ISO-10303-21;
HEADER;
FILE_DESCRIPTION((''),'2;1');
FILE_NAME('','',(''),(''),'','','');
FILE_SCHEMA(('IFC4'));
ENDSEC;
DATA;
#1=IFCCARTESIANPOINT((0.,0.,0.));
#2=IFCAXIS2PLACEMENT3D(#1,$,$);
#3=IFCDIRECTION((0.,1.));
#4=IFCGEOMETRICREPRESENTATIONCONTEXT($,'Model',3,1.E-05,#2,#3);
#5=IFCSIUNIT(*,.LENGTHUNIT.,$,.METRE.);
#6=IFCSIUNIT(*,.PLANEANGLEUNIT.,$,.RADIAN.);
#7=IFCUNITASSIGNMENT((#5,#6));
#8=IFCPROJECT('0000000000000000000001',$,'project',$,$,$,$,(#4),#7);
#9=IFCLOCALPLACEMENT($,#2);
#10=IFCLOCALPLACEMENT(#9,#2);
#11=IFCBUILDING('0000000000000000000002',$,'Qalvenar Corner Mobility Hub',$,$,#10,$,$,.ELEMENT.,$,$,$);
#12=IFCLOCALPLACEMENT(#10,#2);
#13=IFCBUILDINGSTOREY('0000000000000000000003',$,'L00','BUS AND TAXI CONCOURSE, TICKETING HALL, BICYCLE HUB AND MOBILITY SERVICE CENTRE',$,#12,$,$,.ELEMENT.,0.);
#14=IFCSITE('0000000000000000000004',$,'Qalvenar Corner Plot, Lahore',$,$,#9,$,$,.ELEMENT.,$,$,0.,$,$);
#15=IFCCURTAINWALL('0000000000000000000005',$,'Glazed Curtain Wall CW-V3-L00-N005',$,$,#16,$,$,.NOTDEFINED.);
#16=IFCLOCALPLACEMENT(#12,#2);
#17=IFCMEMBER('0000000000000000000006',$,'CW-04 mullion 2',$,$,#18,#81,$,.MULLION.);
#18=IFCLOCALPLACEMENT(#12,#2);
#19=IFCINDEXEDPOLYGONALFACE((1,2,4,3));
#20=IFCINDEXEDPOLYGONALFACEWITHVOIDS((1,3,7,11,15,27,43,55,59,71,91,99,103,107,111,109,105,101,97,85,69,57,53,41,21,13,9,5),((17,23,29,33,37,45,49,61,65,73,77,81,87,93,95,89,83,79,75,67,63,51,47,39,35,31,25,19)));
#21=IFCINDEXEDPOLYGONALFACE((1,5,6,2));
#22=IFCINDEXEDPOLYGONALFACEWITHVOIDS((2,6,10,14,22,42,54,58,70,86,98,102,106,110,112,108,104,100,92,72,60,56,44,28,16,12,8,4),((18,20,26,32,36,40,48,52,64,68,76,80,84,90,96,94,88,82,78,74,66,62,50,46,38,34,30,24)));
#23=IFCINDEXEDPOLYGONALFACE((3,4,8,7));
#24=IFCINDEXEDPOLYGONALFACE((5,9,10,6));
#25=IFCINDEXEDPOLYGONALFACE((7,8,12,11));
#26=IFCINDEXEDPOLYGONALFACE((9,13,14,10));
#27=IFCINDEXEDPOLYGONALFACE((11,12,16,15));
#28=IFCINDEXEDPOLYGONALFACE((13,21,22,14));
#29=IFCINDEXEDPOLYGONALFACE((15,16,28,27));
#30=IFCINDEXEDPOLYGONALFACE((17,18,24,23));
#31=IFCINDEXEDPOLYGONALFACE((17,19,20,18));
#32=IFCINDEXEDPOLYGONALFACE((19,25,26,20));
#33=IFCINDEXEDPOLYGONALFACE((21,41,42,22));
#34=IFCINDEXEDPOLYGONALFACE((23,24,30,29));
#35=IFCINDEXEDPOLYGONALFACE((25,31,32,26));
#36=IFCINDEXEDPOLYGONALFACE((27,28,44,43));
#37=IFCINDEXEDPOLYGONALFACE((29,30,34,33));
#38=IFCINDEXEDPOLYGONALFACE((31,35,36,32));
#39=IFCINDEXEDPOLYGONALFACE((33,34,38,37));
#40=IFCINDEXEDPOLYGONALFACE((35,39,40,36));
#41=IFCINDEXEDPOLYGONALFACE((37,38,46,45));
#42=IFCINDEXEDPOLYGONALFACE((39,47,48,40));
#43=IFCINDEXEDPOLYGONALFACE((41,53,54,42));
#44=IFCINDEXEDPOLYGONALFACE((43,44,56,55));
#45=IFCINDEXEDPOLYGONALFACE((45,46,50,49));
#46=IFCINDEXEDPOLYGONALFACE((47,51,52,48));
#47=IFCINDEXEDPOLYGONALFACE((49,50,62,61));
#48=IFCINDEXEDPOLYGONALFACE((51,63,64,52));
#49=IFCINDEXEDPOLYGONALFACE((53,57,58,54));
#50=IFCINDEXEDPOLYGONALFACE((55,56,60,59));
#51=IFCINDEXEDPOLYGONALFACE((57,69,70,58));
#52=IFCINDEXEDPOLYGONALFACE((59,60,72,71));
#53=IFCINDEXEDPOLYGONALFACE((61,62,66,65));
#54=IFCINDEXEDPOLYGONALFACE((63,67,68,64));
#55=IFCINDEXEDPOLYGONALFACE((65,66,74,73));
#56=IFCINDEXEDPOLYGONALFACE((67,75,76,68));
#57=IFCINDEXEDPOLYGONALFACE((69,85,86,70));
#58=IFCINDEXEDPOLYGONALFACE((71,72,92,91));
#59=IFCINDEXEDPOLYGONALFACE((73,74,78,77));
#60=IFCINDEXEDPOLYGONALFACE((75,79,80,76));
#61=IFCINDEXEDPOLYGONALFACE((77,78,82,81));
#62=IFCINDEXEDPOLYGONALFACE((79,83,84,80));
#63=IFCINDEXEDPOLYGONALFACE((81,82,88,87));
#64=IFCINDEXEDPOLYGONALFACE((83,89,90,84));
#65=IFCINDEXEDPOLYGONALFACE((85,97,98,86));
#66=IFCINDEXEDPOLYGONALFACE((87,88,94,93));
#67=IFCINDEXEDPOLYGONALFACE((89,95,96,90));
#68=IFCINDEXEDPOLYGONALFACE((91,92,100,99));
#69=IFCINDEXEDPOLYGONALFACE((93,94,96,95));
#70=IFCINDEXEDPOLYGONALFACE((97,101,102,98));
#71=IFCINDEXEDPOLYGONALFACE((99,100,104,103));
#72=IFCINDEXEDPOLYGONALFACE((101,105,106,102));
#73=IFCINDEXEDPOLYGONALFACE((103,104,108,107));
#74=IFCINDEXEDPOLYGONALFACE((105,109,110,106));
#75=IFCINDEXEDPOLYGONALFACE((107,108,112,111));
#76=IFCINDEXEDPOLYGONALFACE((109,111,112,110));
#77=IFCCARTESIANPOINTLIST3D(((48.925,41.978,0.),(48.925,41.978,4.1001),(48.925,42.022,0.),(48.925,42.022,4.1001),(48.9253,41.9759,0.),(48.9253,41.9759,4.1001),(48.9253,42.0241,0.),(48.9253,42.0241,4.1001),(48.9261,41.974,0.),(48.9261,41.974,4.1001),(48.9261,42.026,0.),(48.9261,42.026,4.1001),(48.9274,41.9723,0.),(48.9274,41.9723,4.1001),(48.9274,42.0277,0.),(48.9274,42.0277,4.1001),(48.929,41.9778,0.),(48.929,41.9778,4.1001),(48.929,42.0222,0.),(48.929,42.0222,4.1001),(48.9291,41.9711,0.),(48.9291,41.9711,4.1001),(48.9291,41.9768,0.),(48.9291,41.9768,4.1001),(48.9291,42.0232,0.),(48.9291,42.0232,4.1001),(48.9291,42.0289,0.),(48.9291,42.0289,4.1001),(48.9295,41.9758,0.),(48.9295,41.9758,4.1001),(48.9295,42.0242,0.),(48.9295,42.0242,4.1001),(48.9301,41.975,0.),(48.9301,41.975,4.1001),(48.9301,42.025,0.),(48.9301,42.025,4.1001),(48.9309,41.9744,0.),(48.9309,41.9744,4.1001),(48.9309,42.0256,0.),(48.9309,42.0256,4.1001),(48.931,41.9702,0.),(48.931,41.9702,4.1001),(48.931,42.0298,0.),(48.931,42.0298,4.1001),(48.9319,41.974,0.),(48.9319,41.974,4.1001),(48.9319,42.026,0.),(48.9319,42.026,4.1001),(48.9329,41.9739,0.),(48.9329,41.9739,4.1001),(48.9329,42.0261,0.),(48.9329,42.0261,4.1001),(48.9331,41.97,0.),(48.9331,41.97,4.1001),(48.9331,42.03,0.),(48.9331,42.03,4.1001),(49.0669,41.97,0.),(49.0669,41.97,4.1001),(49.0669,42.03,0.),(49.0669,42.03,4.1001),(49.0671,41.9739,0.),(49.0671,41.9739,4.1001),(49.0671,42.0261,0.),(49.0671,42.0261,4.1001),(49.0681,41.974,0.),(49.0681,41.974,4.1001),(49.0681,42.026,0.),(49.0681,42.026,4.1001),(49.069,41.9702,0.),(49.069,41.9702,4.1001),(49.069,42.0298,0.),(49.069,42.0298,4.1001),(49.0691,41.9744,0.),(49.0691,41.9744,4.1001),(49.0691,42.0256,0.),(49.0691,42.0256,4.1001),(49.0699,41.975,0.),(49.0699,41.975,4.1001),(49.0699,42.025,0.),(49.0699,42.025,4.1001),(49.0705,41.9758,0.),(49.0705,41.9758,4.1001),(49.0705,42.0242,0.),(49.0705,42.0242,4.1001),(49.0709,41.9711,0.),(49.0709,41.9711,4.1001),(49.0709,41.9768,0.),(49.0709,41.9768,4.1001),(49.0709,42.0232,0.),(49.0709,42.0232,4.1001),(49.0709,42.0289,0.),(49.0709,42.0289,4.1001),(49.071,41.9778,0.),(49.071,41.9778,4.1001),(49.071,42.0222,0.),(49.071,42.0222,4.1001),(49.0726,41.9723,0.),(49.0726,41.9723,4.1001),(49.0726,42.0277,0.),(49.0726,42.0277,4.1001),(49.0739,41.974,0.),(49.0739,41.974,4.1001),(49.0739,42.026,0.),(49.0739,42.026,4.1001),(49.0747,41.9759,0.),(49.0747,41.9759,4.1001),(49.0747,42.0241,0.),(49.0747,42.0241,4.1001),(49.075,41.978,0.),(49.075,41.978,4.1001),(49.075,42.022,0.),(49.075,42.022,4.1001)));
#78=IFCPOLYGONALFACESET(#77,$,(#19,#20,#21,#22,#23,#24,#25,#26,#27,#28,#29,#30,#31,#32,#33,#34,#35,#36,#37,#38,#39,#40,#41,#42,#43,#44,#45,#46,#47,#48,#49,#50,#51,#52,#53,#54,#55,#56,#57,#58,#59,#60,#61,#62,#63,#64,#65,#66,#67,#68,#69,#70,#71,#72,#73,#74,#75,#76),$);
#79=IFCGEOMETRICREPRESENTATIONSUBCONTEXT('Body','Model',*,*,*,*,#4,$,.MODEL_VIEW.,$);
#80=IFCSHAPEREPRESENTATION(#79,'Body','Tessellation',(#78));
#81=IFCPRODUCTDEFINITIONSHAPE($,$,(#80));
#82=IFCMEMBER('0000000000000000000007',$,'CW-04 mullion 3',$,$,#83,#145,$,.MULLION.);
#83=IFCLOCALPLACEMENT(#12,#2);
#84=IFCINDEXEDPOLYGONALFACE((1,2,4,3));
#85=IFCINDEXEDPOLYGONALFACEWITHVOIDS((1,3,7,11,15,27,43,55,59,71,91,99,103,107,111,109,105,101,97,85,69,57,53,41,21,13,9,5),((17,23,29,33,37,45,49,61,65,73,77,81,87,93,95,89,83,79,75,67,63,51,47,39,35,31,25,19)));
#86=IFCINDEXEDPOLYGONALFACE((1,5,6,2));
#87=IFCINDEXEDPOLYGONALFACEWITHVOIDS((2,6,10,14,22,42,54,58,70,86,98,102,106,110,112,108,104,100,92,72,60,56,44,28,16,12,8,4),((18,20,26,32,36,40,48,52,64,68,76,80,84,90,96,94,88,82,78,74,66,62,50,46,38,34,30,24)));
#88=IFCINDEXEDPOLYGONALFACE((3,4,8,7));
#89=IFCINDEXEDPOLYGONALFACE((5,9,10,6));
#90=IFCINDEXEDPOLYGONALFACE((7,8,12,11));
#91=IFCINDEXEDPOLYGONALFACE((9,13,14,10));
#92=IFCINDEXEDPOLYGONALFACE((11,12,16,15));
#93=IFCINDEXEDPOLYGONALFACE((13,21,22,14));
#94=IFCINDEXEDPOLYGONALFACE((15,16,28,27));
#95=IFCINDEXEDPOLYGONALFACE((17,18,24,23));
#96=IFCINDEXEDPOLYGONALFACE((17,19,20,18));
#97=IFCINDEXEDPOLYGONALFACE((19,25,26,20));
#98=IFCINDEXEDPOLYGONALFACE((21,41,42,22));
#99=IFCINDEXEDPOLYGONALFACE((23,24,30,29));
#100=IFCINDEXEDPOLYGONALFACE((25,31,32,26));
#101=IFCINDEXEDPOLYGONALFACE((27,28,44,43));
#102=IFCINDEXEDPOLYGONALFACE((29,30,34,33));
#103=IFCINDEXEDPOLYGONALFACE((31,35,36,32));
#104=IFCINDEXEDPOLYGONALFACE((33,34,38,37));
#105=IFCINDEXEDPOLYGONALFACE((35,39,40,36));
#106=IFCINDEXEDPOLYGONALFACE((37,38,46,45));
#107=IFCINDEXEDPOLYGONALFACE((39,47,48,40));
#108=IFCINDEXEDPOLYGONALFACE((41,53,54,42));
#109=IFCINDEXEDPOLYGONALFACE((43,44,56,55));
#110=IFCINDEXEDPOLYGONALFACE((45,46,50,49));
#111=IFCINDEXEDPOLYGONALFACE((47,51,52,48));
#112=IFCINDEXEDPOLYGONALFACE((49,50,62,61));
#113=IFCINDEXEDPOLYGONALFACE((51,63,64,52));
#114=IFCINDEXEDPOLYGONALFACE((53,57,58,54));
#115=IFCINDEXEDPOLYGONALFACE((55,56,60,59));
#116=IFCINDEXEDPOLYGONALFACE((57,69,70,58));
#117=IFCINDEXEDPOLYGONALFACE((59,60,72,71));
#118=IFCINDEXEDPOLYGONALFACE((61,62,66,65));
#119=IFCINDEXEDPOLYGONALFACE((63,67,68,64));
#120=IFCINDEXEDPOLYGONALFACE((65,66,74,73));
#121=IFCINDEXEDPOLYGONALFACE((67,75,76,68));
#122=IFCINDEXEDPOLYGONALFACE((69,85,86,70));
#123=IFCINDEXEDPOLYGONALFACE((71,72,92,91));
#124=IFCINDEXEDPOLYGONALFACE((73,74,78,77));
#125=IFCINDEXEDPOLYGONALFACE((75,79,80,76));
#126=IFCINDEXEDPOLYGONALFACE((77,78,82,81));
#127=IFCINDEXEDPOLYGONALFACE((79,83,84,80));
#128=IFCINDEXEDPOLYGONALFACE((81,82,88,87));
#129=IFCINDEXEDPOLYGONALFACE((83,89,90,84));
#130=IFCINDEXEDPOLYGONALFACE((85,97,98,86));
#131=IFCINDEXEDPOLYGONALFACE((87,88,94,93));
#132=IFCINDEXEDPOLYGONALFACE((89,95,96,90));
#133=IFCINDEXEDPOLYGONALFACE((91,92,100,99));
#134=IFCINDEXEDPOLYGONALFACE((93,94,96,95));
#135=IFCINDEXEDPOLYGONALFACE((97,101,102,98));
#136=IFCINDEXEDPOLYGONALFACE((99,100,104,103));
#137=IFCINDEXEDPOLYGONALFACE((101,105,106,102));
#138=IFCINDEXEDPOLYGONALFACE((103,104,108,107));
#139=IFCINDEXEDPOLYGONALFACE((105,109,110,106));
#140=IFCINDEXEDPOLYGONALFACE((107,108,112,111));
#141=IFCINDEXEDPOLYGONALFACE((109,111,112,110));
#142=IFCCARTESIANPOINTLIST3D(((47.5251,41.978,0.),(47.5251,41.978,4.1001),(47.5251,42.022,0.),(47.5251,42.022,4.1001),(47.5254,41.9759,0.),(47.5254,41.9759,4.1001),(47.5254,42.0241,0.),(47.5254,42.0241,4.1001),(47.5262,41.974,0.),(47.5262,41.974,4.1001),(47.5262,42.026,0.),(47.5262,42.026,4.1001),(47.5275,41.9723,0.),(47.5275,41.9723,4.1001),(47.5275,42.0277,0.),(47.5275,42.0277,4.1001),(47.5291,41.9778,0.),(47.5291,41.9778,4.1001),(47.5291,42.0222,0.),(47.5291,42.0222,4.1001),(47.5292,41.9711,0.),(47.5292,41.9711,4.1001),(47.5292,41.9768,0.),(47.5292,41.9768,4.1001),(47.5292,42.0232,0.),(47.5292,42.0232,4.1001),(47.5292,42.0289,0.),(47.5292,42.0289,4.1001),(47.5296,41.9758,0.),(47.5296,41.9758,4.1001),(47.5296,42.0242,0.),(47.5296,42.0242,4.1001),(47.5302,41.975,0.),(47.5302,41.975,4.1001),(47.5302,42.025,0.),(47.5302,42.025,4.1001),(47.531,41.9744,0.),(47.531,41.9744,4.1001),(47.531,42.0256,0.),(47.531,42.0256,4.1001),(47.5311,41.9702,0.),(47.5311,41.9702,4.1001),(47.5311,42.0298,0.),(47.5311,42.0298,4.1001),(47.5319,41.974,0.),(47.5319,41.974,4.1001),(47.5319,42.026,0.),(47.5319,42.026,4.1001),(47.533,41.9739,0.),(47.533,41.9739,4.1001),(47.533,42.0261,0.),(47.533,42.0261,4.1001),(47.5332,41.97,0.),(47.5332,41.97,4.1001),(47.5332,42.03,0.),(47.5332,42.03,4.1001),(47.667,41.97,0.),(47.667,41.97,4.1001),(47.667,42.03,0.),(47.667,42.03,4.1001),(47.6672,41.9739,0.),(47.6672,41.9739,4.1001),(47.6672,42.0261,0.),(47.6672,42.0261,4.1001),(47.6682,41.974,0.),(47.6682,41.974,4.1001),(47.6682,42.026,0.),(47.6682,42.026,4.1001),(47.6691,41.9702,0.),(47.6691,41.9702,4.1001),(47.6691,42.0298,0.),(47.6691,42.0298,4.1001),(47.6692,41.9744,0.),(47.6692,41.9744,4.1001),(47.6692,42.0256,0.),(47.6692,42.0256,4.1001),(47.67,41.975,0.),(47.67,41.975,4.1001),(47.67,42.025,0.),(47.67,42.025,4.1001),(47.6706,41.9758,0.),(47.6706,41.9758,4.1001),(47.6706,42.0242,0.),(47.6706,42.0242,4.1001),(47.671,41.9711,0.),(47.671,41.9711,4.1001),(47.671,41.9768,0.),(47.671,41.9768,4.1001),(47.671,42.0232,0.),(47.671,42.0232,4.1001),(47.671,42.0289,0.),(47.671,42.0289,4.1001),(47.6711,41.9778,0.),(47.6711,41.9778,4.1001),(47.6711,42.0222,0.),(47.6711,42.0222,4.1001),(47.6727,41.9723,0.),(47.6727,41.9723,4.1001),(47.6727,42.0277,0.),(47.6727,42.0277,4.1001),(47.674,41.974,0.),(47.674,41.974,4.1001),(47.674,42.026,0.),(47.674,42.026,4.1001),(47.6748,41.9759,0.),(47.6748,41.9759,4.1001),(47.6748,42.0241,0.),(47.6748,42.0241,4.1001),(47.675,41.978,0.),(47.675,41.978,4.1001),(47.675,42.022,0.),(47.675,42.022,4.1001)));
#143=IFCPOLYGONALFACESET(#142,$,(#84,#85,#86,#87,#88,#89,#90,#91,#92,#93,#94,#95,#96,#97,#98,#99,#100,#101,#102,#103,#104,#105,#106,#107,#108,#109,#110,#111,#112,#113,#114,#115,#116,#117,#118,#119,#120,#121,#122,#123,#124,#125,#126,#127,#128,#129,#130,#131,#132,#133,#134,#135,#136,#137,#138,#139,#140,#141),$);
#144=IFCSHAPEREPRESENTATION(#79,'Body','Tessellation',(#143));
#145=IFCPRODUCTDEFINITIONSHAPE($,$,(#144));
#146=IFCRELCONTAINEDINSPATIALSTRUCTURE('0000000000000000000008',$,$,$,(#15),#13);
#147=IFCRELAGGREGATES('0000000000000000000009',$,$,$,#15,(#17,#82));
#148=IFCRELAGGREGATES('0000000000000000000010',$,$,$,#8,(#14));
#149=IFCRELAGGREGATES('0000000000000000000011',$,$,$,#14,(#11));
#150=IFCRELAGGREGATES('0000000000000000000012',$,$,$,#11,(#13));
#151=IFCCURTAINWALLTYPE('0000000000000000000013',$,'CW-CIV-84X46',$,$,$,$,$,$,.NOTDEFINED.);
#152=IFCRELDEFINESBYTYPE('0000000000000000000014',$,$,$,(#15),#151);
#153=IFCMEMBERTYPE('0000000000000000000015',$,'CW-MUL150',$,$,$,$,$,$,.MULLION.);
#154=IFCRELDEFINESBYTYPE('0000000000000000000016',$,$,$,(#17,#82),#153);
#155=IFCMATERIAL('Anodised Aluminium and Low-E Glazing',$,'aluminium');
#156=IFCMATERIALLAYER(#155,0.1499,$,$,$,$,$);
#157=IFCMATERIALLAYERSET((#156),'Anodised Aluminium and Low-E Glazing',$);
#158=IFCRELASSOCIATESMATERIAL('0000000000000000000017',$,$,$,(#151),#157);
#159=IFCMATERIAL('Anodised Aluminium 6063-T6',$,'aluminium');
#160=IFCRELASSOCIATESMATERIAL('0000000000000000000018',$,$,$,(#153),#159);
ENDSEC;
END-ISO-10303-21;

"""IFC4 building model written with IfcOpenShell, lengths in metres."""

from ifc_helpers import new_model, si_unit, direction, frame, origin, origin_2d, place, context, subcontext, project, spatial, hollow_rectangle, extrude, material, layer, layer_set, material_profile, profile_set, type_object, element, aggregate, save


model = new_model("IFC4")

# Units and contexts
model_context = context("Model", 3, precision=1e-05, world=origin(), true_north=direction((0.0, 1.0)))
body_context = subcontext(model_context, "Body", "Model", "MODEL_VIEW")
ifc_project = project(units=[si_unit("LENGTHUNIT", "METRE"), si_unit("PLANEANGLEUNIT", "RADIAN")], contexts=[model_context])

# Site, building, storey
site_placement = place(None, origin())
site = spatial("IfcSite", under=ifc_project, at=site_placement, Name="Qalvenar Corner Plot, Lahore", CompositionType="ELEMENT", RefElevation=0.0)
building_placement = place(site_placement, origin())
building = spatial("IfcBuilding", under=site, at=building_placement, Name="Qalvenar Corner Mobility Hub", CompositionType="ELEMENT")
storey_placement = place(building_placement, origin())
storey = spatial("IfcBuildingStorey", under=building, at=storey_placement, Name="L00", Description="BUS AND TAXI CONCOURSE, TICKETING HALL, BICYCLE HUB AND MOBILITY SERVICE CENTRE", CompositionType="ELEMENT", Elevation=0.0)

# Curtain wall, members
ifc_material_1 = material(Name="Anodised Aluminium and Low-E Glazing", Category="aluminium")
ifc_layer_1 = layer(ifc_material_1, 0.1499)
ifc_layer_set_1 = layer_set([ifc_layer_1], Name="Anodised Aluminium and Low-E Glazing")
curtain_wall_type = type_object("IfcCurtainWallType", Name="CW-CIV-84X46", PredefinedType="NOTDEFINED", material=ifc_layer_set_1)
curtain_wall_placement = place(storey_placement, origin())
curtain_wall = element("IfcCurtainWall", 1, at=curtain_wall_placement, inside=storey, type_object=curtain_wall_type, Name="Glazed Curtain Wall CW-V3-L00-N005", PredefinedType="NOTDEFINED")
ifc_material_2 = material(Name="Anodised Aluminium 6063-T6", Category="aluminium")
ifc_material_profile_1 = material_profile(ifc_material_2, hollow_rectangle(XDim=0.0601, YDim=0.1499, WallThickness=0.0039, InnerFilletRadius=0.0039, OuterFilletRadius=0.0081, at=origin_2d()), Name="RHS150x60x4")
ifc_profile_set_1 = profile_set([ifc_material_profile_1], Name="Anodised Aluminium 6063-T6")
member_type_1 = type_object("IfcMemberType", Name="CW-MUL150", PredefinedType="MULLION", material=ifc_profile_set_1)
member_1_placement = place(storey_placement, frame((49.0, 42.0, 0.0), z_axis=(0.0, 0.0, 1.0), x_axis=(0.0, -1.0, 0.0)))
member_1 = element("IfcMember", 2, at=member_1_placement, type_object=member_type_1, Name="CW-04 mullion 2", PredefinedType="MULLION", context=body_context, shape_type="SweptSolid", body=[
    extrude(hollow_rectangle(XDim=0.0601, YDim=0.1499, WallThickness=0.0039, InnerFilletRadius=0.0039, OuterFilletRadius=0.0081, at=origin_2d()), origin(), (0.0, 0.0, 1.0), 4.1001),
])
member_2_placement = place(storey_placement, frame((47.6001, 42.0, 0.0), z_axis=(0.0, 0.0, 1.0), x_axis=(0.0, -1.0, 0.0)))
member_2 = element("IfcMember", 3, at=member_2_placement, type_object=member_type_1, Name="CW-04 mullion 3", PredefinedType="MULLION", context=body_context, shape_type="SweptSolid", body=[
    extrude(hollow_rectangle(XDim=0.0601, YDim=0.1499, WallThickness=0.0039, InnerFilletRadius=0.0039, OuterFilletRadius=0.0081, at=origin_2d()), origin(), (0.0, 0.0, 1.0), 4.1001),
])
aggregate(curtain_wall, [member_1, member_2])

save(model, "model.ifc")
